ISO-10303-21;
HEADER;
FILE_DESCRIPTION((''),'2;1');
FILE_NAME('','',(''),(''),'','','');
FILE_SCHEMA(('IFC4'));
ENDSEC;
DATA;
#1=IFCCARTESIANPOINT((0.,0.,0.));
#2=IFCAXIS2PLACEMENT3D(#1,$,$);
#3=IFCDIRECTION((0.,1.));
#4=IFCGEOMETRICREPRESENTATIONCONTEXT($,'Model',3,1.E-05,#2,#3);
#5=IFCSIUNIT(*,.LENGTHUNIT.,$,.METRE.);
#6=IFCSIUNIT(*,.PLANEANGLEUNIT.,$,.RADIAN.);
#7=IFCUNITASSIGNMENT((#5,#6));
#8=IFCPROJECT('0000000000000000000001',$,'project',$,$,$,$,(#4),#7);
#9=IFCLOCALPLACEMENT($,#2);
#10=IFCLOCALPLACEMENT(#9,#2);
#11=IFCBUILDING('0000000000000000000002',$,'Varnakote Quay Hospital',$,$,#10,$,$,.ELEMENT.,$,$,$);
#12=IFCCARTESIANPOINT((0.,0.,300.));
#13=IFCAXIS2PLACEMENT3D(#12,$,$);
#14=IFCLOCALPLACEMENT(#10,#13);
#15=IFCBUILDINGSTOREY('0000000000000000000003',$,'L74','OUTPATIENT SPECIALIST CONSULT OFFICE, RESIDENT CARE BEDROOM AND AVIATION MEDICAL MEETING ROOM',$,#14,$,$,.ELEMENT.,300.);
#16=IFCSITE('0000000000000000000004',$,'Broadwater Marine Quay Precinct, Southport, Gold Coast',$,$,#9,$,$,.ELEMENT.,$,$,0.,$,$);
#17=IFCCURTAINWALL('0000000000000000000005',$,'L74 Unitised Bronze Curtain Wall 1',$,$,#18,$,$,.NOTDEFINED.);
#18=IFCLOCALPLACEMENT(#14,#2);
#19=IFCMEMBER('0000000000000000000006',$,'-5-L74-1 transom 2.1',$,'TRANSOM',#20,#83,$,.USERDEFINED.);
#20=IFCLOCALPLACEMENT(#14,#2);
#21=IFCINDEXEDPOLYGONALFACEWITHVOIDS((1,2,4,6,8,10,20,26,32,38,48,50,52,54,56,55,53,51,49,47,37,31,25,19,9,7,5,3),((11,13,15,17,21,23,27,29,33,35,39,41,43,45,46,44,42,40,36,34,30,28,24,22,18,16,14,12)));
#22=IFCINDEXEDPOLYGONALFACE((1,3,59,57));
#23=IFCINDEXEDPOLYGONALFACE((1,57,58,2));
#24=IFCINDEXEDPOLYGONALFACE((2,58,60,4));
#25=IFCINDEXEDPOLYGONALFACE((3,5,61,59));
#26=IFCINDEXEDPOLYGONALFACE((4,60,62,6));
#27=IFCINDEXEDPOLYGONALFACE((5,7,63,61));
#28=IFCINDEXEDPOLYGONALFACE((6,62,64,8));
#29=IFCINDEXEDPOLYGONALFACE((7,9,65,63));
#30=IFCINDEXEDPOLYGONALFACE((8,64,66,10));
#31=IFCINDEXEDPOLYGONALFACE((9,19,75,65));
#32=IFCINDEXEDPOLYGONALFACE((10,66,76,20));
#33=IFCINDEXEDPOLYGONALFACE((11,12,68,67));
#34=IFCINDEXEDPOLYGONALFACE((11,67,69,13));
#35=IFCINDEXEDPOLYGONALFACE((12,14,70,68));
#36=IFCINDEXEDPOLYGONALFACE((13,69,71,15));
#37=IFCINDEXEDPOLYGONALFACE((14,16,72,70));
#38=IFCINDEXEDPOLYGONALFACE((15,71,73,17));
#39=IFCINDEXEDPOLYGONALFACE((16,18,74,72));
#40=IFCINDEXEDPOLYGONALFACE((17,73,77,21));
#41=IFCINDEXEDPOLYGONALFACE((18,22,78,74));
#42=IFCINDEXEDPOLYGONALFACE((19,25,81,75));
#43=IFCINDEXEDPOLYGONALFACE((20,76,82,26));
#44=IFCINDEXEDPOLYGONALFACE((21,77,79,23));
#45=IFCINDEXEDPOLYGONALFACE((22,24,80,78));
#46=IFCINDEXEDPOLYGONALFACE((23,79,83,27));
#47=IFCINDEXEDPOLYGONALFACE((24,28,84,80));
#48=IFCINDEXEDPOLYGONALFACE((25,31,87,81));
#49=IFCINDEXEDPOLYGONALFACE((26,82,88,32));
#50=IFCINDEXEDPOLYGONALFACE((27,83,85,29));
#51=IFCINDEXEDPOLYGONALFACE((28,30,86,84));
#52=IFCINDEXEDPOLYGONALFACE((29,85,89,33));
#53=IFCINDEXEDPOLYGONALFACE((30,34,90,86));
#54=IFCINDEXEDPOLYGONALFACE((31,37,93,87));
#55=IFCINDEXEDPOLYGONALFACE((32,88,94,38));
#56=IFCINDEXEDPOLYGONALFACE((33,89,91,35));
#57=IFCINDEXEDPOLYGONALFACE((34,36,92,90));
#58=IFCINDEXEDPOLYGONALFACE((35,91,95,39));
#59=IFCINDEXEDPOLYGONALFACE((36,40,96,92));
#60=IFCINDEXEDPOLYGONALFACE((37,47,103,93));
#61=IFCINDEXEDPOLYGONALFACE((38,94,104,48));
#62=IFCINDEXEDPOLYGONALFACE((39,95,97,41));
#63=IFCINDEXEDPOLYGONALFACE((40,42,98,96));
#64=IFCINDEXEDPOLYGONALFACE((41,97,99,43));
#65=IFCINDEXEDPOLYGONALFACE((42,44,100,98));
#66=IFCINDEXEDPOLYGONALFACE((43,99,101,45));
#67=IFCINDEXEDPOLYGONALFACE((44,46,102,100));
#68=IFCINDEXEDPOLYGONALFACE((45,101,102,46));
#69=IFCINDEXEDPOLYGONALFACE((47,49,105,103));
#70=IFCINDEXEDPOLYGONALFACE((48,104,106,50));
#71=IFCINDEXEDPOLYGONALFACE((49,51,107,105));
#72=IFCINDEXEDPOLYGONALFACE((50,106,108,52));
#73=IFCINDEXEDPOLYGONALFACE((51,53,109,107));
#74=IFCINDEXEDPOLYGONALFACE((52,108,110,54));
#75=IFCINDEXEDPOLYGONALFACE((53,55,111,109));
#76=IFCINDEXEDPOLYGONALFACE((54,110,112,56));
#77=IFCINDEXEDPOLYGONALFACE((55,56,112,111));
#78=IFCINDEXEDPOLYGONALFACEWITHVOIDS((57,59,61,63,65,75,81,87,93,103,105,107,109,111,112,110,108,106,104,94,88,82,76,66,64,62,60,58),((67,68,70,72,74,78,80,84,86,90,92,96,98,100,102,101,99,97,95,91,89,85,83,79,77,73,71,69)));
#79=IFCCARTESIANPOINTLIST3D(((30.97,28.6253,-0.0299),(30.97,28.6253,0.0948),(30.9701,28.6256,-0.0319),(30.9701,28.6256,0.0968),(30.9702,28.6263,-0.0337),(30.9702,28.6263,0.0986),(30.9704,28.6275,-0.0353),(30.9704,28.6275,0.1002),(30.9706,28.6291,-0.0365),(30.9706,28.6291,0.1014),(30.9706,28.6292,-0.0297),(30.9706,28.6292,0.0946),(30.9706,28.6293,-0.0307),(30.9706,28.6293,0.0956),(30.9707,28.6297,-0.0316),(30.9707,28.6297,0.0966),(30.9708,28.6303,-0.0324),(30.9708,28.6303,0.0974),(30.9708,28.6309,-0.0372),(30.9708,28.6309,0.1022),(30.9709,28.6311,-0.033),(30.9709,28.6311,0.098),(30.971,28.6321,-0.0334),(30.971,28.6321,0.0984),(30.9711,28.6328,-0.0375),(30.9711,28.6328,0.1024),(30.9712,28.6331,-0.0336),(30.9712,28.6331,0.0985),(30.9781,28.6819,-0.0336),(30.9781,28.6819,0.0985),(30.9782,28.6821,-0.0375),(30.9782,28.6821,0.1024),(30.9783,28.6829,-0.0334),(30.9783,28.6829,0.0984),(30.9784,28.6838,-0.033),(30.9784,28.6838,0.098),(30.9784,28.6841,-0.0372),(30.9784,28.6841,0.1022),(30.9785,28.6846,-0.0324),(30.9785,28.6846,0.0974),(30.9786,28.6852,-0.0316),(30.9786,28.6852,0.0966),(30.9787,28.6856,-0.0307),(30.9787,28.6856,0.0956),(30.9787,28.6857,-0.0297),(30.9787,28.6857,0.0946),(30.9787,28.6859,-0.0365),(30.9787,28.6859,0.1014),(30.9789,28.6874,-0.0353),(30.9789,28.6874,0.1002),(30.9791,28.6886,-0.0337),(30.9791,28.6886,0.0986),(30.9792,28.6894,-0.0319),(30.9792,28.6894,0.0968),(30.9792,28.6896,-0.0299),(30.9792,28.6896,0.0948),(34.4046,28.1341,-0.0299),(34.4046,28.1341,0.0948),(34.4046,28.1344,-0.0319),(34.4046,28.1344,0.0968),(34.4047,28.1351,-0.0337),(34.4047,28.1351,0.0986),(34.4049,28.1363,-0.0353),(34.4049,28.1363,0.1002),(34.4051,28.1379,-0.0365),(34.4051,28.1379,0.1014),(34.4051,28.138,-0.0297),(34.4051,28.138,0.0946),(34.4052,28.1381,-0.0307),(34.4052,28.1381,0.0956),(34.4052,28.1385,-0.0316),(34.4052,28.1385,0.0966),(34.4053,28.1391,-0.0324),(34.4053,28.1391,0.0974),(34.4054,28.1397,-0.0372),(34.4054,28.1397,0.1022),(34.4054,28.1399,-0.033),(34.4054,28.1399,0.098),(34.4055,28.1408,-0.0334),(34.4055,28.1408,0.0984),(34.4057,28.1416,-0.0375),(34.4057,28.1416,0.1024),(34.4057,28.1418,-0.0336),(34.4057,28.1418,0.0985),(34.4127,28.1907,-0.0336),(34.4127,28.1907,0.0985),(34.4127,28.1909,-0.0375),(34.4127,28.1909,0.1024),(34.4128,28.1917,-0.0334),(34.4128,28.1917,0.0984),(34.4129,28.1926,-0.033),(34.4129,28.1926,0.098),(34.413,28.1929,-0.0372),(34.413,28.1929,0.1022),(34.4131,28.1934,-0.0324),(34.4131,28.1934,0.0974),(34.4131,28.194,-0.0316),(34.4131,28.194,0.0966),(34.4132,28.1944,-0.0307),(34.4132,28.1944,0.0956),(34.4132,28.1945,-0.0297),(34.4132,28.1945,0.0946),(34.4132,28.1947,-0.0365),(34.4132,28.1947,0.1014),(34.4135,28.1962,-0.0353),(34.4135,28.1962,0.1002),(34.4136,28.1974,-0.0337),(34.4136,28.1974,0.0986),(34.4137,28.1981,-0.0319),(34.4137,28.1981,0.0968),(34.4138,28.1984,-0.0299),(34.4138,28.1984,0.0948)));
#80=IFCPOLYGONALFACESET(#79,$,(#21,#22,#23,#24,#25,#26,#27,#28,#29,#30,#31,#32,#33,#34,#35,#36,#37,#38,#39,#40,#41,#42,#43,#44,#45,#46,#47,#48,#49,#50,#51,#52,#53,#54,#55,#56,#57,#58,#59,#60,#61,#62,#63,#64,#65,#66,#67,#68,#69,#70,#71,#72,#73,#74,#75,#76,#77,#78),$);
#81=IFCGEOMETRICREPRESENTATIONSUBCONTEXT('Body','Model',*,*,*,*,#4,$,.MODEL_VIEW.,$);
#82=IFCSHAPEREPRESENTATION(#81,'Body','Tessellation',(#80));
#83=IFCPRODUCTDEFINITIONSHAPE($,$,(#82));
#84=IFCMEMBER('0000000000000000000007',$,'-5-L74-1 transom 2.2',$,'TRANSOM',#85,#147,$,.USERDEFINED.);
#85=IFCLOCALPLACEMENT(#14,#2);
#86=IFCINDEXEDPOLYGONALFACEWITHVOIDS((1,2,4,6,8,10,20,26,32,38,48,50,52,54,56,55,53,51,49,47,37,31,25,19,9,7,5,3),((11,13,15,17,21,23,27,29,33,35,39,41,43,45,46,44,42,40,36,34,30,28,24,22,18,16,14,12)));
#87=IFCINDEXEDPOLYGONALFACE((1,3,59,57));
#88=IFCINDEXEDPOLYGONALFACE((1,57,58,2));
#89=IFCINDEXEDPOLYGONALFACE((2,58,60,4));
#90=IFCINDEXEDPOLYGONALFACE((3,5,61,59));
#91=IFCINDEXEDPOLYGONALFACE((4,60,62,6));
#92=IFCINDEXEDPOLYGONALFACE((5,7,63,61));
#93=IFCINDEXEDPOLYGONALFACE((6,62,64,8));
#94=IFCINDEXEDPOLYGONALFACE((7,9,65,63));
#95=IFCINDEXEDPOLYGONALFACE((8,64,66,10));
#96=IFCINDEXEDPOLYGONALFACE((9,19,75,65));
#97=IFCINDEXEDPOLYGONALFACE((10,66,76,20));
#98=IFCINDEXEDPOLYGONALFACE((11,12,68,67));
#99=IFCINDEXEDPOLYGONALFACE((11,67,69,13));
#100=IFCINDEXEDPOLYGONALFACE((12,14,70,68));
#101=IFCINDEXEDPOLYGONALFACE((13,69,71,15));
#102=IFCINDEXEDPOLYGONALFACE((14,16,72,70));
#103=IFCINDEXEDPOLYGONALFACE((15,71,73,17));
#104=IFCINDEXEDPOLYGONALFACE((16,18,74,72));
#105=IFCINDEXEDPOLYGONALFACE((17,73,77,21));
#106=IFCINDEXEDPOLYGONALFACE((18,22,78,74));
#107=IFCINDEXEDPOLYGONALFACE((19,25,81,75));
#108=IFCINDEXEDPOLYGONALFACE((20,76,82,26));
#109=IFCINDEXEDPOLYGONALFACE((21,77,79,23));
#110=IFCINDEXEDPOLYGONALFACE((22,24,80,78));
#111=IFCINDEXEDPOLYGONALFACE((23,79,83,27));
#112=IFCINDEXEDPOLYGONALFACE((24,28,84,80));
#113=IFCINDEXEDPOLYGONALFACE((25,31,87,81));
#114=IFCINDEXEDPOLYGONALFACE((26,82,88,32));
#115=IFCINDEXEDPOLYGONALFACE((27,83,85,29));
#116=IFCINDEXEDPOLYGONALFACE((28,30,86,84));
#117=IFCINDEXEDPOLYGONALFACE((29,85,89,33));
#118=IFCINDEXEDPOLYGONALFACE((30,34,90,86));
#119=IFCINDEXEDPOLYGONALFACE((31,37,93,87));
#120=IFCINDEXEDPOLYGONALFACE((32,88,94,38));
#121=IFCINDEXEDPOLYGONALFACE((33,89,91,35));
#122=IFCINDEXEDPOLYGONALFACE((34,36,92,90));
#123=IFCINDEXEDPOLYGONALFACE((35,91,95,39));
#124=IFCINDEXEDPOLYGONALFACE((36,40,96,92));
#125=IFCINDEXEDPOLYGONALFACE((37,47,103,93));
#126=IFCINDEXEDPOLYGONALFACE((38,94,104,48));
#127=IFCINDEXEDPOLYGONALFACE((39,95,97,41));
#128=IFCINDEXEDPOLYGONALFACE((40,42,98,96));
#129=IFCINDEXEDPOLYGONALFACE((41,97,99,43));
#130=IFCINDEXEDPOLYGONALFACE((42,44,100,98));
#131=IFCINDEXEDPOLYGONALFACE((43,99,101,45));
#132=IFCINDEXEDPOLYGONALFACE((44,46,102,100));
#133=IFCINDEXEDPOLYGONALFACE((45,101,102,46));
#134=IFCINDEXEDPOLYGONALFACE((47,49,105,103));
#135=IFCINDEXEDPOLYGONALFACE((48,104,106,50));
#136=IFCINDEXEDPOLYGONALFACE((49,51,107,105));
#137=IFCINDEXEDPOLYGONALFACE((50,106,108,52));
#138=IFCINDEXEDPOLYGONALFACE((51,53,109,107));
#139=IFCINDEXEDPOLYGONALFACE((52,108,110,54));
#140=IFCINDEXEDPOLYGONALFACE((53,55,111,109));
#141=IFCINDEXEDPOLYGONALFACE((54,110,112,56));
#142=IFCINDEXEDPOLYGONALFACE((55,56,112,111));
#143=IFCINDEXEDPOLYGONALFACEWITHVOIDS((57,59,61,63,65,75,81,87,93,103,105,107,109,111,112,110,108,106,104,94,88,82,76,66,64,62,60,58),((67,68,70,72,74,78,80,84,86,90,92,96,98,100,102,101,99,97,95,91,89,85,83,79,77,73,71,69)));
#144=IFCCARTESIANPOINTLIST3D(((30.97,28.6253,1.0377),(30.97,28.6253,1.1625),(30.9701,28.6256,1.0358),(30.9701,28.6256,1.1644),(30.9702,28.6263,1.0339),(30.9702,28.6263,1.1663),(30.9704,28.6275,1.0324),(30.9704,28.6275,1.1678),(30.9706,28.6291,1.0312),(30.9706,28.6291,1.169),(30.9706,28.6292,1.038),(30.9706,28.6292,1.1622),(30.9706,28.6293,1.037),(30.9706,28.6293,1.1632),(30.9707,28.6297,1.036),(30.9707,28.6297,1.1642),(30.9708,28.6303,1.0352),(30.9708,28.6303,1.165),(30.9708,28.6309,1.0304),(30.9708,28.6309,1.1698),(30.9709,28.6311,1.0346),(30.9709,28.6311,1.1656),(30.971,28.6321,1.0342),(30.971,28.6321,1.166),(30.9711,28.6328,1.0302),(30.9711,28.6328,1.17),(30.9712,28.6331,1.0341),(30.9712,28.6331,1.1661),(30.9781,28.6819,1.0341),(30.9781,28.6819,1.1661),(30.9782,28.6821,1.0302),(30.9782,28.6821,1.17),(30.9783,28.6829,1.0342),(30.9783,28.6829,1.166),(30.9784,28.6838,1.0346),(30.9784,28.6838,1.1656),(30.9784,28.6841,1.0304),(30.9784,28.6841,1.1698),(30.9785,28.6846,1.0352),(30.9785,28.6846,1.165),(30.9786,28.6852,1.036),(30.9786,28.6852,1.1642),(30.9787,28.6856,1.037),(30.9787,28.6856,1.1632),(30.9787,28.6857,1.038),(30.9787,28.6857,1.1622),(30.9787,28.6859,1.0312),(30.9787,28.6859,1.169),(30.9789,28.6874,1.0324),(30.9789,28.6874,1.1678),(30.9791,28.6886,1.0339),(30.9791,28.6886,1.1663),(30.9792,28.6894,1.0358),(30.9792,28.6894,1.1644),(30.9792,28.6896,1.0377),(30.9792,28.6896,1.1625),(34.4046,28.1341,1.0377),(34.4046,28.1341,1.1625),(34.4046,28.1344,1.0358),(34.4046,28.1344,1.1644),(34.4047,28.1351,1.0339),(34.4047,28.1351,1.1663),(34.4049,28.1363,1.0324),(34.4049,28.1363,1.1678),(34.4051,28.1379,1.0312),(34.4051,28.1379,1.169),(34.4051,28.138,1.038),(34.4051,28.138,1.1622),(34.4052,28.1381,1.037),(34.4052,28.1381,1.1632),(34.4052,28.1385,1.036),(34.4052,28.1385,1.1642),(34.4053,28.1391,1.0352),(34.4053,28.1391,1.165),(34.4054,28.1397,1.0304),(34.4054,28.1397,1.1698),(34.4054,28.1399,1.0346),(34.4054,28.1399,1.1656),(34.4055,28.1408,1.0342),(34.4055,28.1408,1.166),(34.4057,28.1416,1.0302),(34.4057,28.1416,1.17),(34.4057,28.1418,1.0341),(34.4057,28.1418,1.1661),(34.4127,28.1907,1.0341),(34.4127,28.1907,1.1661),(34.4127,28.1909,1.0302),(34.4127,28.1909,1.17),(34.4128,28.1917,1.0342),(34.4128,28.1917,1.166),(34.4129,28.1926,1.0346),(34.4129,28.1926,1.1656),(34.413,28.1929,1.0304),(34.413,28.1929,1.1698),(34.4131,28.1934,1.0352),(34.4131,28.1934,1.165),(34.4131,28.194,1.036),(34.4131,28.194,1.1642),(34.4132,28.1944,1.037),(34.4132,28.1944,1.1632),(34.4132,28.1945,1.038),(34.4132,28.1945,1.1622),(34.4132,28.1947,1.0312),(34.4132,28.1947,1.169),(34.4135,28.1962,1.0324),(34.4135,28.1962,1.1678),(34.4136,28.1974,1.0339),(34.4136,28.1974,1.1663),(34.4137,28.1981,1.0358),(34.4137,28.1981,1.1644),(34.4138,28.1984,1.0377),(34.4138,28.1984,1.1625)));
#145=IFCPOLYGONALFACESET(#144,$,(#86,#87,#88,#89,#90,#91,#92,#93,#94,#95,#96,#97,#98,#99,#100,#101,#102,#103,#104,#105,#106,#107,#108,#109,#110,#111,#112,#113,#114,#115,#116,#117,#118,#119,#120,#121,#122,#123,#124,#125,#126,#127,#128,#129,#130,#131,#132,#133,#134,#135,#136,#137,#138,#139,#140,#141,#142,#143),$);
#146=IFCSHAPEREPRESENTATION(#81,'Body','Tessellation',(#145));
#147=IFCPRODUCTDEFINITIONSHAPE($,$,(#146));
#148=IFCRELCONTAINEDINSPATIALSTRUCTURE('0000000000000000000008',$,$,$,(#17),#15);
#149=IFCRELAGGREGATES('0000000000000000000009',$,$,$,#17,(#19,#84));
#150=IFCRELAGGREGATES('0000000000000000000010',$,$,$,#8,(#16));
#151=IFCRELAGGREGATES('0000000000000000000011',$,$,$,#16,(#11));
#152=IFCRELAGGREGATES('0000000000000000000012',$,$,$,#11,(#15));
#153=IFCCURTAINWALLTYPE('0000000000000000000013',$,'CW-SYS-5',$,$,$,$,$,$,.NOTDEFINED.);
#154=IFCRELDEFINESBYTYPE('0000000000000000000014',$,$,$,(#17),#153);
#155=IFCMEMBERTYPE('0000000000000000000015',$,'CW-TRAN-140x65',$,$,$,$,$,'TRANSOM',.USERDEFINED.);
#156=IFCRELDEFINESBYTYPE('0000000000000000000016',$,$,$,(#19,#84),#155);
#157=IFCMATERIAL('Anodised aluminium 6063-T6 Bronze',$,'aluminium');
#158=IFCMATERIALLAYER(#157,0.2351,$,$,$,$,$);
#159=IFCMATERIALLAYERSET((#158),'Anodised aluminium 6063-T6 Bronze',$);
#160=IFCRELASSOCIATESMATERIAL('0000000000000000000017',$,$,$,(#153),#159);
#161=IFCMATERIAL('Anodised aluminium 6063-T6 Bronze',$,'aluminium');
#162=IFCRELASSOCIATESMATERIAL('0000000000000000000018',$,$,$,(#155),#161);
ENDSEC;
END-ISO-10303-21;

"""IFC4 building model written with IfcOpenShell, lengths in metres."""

from ifc_helpers import new_model, si_unit, direction, frame, origin, origin_2d, place, context, subcontext, project, spatial, hollow_rectangle, extrude, material, layer, layer_set, material_profile, profile_set, type_object, element, aggregate, save


model = new_model("IFC4")

# Units and contexts
model_context = context("Model", 3, precision=1e-05, world=origin(), true_north=direction((0.0, 1.0)))
body_context = subcontext(model_context, "Body", "Model", "MODEL_VIEW")
ifc_project = project(units=[si_unit("LENGTHUNIT", "METRE"), si_unit("PLANEANGLEUNIT", "RADIAN")], contexts=[model_context])

# Site, building, storey
site_placement = place(None, origin())
site = spatial("IfcSite", under=ifc_project, at=site_placement, Name="Broadwater Marine Quay Precinct, Southport, Gold Coast", CompositionType="ELEMENT", RefElevation=0.0)
building_placement = place(site_placement, origin())
building = spatial("IfcBuilding", under=site, at=building_placement, Name="Varnakote Quay Hospital", CompositionType="ELEMENT")
storey_placement = place(building_placement, frame((0.0, 0.0, 300.0)))
storey = spatial("IfcBuildingStorey", under=building, at=storey_placement, Name="L74", Description="OUTPATIENT SPECIALIST CONSULT OFFICE, RESIDENT CARE BEDROOM AND AVIATION MEDICAL MEETING ROOM", CompositionType="ELEMENT", Elevation=300.0)

# Curtain wall, members
ifc_material_1 = material(Name="Anodised aluminium 6063-T6 Bronze", Category="aluminium")
ifc_layer_1 = layer(ifc_material_1, 0.2351)
ifc_layer_set_1 = layer_set([ifc_layer_1], Name="Anodised aluminium 6063-T6 Bronze")
curtain_wall_type = type_object("IfcCurtainWallType", Name="CW-SYS-5", PredefinedType="NOTDEFINED", material=ifc_layer_set_1)
curtain_wall_placement = place(storey_placement, origin())
curtain_wall = element("IfcCurtainWall", 1, at=curtain_wall_placement, inside=storey, type_object=curtain_wall_type, Name="L74 Unitised Bronze Curtain Wall 1", PredefinedType="NOTDEFINED")
ifc_material_2 = material(Name="Anodised aluminium 6063-T6 Bronze", Category="aluminium")
ifc_material_profile_1 = material_profile(ifc_material_2, hollow_rectangle(XDim=0.0649, YDim=0.1399, WallThickness=0.0039, InnerFilletRadius=0.0039, OuterFilletRadius=0.0076, at=origin_2d()), Name="CW-TRAN-140x65")
ifc_profile_set_1 = profile_set([ifc_material_profile_1], Name="Anodised aluminium 6063-T6 Bronze")
member_type_1 = type_object("IfcMemberType", Name="CW-TRAN-140x65", ElementType="TRANSOM", PredefinedType="USERDEFINED", material=ifc_profile_set_1)
member_1_placement = place(storey_placement, frame((34.4092, 28.1663, 0.0325), z_axis=(-0.989927, 0.141579, 0.0), x_axis=(-0.141579, -0.989927, 0.0)))
member_1 = element("IfcMember", 2, at=member_1_placement, type_object=member_type_1, Name="-5-L74-1 transom 2.1", ObjectType="TRANSOM", PredefinedType="USERDEFINED", context=body_context, shape_type="SweptSolid", body=[
    extrude(hollow_rectangle(XDim=0.0649, YDim=0.1399, WallThickness=0.0039, InnerFilletRadius=0.0039, OuterFilletRadius=0.0076, at=origin_2d()), origin(), (0.0, 0.0, 1.0), 3.4695),
])
member_2_placement = place(storey_placement, frame((34.4092, 28.1663, 1.1001), z_axis=(-0.989927, 0.141579, 0.0), x_axis=(-0.141579, -0.989927, 0.0)))
member_2 = element("IfcMember", 3, at=member_2_placement, type_object=member_type_1, Name="-5-L74-1 transom 2.2", ObjectType="TRANSOM", PredefinedType="USERDEFINED", context=body_context, shape_type="SweptSolid", body=[
    extrude(hollow_rectangle(XDim=0.0649, YDim=0.1399, WallThickness=0.0039, InnerFilletRadius=0.0039, OuterFilletRadius=0.0076, at=origin_2d()), origin(), (0.0, 0.0, 1.0), 3.4695),
])
aggregate(curtain_wall, [member_1, member_2])

save(model, "model.ifc")
